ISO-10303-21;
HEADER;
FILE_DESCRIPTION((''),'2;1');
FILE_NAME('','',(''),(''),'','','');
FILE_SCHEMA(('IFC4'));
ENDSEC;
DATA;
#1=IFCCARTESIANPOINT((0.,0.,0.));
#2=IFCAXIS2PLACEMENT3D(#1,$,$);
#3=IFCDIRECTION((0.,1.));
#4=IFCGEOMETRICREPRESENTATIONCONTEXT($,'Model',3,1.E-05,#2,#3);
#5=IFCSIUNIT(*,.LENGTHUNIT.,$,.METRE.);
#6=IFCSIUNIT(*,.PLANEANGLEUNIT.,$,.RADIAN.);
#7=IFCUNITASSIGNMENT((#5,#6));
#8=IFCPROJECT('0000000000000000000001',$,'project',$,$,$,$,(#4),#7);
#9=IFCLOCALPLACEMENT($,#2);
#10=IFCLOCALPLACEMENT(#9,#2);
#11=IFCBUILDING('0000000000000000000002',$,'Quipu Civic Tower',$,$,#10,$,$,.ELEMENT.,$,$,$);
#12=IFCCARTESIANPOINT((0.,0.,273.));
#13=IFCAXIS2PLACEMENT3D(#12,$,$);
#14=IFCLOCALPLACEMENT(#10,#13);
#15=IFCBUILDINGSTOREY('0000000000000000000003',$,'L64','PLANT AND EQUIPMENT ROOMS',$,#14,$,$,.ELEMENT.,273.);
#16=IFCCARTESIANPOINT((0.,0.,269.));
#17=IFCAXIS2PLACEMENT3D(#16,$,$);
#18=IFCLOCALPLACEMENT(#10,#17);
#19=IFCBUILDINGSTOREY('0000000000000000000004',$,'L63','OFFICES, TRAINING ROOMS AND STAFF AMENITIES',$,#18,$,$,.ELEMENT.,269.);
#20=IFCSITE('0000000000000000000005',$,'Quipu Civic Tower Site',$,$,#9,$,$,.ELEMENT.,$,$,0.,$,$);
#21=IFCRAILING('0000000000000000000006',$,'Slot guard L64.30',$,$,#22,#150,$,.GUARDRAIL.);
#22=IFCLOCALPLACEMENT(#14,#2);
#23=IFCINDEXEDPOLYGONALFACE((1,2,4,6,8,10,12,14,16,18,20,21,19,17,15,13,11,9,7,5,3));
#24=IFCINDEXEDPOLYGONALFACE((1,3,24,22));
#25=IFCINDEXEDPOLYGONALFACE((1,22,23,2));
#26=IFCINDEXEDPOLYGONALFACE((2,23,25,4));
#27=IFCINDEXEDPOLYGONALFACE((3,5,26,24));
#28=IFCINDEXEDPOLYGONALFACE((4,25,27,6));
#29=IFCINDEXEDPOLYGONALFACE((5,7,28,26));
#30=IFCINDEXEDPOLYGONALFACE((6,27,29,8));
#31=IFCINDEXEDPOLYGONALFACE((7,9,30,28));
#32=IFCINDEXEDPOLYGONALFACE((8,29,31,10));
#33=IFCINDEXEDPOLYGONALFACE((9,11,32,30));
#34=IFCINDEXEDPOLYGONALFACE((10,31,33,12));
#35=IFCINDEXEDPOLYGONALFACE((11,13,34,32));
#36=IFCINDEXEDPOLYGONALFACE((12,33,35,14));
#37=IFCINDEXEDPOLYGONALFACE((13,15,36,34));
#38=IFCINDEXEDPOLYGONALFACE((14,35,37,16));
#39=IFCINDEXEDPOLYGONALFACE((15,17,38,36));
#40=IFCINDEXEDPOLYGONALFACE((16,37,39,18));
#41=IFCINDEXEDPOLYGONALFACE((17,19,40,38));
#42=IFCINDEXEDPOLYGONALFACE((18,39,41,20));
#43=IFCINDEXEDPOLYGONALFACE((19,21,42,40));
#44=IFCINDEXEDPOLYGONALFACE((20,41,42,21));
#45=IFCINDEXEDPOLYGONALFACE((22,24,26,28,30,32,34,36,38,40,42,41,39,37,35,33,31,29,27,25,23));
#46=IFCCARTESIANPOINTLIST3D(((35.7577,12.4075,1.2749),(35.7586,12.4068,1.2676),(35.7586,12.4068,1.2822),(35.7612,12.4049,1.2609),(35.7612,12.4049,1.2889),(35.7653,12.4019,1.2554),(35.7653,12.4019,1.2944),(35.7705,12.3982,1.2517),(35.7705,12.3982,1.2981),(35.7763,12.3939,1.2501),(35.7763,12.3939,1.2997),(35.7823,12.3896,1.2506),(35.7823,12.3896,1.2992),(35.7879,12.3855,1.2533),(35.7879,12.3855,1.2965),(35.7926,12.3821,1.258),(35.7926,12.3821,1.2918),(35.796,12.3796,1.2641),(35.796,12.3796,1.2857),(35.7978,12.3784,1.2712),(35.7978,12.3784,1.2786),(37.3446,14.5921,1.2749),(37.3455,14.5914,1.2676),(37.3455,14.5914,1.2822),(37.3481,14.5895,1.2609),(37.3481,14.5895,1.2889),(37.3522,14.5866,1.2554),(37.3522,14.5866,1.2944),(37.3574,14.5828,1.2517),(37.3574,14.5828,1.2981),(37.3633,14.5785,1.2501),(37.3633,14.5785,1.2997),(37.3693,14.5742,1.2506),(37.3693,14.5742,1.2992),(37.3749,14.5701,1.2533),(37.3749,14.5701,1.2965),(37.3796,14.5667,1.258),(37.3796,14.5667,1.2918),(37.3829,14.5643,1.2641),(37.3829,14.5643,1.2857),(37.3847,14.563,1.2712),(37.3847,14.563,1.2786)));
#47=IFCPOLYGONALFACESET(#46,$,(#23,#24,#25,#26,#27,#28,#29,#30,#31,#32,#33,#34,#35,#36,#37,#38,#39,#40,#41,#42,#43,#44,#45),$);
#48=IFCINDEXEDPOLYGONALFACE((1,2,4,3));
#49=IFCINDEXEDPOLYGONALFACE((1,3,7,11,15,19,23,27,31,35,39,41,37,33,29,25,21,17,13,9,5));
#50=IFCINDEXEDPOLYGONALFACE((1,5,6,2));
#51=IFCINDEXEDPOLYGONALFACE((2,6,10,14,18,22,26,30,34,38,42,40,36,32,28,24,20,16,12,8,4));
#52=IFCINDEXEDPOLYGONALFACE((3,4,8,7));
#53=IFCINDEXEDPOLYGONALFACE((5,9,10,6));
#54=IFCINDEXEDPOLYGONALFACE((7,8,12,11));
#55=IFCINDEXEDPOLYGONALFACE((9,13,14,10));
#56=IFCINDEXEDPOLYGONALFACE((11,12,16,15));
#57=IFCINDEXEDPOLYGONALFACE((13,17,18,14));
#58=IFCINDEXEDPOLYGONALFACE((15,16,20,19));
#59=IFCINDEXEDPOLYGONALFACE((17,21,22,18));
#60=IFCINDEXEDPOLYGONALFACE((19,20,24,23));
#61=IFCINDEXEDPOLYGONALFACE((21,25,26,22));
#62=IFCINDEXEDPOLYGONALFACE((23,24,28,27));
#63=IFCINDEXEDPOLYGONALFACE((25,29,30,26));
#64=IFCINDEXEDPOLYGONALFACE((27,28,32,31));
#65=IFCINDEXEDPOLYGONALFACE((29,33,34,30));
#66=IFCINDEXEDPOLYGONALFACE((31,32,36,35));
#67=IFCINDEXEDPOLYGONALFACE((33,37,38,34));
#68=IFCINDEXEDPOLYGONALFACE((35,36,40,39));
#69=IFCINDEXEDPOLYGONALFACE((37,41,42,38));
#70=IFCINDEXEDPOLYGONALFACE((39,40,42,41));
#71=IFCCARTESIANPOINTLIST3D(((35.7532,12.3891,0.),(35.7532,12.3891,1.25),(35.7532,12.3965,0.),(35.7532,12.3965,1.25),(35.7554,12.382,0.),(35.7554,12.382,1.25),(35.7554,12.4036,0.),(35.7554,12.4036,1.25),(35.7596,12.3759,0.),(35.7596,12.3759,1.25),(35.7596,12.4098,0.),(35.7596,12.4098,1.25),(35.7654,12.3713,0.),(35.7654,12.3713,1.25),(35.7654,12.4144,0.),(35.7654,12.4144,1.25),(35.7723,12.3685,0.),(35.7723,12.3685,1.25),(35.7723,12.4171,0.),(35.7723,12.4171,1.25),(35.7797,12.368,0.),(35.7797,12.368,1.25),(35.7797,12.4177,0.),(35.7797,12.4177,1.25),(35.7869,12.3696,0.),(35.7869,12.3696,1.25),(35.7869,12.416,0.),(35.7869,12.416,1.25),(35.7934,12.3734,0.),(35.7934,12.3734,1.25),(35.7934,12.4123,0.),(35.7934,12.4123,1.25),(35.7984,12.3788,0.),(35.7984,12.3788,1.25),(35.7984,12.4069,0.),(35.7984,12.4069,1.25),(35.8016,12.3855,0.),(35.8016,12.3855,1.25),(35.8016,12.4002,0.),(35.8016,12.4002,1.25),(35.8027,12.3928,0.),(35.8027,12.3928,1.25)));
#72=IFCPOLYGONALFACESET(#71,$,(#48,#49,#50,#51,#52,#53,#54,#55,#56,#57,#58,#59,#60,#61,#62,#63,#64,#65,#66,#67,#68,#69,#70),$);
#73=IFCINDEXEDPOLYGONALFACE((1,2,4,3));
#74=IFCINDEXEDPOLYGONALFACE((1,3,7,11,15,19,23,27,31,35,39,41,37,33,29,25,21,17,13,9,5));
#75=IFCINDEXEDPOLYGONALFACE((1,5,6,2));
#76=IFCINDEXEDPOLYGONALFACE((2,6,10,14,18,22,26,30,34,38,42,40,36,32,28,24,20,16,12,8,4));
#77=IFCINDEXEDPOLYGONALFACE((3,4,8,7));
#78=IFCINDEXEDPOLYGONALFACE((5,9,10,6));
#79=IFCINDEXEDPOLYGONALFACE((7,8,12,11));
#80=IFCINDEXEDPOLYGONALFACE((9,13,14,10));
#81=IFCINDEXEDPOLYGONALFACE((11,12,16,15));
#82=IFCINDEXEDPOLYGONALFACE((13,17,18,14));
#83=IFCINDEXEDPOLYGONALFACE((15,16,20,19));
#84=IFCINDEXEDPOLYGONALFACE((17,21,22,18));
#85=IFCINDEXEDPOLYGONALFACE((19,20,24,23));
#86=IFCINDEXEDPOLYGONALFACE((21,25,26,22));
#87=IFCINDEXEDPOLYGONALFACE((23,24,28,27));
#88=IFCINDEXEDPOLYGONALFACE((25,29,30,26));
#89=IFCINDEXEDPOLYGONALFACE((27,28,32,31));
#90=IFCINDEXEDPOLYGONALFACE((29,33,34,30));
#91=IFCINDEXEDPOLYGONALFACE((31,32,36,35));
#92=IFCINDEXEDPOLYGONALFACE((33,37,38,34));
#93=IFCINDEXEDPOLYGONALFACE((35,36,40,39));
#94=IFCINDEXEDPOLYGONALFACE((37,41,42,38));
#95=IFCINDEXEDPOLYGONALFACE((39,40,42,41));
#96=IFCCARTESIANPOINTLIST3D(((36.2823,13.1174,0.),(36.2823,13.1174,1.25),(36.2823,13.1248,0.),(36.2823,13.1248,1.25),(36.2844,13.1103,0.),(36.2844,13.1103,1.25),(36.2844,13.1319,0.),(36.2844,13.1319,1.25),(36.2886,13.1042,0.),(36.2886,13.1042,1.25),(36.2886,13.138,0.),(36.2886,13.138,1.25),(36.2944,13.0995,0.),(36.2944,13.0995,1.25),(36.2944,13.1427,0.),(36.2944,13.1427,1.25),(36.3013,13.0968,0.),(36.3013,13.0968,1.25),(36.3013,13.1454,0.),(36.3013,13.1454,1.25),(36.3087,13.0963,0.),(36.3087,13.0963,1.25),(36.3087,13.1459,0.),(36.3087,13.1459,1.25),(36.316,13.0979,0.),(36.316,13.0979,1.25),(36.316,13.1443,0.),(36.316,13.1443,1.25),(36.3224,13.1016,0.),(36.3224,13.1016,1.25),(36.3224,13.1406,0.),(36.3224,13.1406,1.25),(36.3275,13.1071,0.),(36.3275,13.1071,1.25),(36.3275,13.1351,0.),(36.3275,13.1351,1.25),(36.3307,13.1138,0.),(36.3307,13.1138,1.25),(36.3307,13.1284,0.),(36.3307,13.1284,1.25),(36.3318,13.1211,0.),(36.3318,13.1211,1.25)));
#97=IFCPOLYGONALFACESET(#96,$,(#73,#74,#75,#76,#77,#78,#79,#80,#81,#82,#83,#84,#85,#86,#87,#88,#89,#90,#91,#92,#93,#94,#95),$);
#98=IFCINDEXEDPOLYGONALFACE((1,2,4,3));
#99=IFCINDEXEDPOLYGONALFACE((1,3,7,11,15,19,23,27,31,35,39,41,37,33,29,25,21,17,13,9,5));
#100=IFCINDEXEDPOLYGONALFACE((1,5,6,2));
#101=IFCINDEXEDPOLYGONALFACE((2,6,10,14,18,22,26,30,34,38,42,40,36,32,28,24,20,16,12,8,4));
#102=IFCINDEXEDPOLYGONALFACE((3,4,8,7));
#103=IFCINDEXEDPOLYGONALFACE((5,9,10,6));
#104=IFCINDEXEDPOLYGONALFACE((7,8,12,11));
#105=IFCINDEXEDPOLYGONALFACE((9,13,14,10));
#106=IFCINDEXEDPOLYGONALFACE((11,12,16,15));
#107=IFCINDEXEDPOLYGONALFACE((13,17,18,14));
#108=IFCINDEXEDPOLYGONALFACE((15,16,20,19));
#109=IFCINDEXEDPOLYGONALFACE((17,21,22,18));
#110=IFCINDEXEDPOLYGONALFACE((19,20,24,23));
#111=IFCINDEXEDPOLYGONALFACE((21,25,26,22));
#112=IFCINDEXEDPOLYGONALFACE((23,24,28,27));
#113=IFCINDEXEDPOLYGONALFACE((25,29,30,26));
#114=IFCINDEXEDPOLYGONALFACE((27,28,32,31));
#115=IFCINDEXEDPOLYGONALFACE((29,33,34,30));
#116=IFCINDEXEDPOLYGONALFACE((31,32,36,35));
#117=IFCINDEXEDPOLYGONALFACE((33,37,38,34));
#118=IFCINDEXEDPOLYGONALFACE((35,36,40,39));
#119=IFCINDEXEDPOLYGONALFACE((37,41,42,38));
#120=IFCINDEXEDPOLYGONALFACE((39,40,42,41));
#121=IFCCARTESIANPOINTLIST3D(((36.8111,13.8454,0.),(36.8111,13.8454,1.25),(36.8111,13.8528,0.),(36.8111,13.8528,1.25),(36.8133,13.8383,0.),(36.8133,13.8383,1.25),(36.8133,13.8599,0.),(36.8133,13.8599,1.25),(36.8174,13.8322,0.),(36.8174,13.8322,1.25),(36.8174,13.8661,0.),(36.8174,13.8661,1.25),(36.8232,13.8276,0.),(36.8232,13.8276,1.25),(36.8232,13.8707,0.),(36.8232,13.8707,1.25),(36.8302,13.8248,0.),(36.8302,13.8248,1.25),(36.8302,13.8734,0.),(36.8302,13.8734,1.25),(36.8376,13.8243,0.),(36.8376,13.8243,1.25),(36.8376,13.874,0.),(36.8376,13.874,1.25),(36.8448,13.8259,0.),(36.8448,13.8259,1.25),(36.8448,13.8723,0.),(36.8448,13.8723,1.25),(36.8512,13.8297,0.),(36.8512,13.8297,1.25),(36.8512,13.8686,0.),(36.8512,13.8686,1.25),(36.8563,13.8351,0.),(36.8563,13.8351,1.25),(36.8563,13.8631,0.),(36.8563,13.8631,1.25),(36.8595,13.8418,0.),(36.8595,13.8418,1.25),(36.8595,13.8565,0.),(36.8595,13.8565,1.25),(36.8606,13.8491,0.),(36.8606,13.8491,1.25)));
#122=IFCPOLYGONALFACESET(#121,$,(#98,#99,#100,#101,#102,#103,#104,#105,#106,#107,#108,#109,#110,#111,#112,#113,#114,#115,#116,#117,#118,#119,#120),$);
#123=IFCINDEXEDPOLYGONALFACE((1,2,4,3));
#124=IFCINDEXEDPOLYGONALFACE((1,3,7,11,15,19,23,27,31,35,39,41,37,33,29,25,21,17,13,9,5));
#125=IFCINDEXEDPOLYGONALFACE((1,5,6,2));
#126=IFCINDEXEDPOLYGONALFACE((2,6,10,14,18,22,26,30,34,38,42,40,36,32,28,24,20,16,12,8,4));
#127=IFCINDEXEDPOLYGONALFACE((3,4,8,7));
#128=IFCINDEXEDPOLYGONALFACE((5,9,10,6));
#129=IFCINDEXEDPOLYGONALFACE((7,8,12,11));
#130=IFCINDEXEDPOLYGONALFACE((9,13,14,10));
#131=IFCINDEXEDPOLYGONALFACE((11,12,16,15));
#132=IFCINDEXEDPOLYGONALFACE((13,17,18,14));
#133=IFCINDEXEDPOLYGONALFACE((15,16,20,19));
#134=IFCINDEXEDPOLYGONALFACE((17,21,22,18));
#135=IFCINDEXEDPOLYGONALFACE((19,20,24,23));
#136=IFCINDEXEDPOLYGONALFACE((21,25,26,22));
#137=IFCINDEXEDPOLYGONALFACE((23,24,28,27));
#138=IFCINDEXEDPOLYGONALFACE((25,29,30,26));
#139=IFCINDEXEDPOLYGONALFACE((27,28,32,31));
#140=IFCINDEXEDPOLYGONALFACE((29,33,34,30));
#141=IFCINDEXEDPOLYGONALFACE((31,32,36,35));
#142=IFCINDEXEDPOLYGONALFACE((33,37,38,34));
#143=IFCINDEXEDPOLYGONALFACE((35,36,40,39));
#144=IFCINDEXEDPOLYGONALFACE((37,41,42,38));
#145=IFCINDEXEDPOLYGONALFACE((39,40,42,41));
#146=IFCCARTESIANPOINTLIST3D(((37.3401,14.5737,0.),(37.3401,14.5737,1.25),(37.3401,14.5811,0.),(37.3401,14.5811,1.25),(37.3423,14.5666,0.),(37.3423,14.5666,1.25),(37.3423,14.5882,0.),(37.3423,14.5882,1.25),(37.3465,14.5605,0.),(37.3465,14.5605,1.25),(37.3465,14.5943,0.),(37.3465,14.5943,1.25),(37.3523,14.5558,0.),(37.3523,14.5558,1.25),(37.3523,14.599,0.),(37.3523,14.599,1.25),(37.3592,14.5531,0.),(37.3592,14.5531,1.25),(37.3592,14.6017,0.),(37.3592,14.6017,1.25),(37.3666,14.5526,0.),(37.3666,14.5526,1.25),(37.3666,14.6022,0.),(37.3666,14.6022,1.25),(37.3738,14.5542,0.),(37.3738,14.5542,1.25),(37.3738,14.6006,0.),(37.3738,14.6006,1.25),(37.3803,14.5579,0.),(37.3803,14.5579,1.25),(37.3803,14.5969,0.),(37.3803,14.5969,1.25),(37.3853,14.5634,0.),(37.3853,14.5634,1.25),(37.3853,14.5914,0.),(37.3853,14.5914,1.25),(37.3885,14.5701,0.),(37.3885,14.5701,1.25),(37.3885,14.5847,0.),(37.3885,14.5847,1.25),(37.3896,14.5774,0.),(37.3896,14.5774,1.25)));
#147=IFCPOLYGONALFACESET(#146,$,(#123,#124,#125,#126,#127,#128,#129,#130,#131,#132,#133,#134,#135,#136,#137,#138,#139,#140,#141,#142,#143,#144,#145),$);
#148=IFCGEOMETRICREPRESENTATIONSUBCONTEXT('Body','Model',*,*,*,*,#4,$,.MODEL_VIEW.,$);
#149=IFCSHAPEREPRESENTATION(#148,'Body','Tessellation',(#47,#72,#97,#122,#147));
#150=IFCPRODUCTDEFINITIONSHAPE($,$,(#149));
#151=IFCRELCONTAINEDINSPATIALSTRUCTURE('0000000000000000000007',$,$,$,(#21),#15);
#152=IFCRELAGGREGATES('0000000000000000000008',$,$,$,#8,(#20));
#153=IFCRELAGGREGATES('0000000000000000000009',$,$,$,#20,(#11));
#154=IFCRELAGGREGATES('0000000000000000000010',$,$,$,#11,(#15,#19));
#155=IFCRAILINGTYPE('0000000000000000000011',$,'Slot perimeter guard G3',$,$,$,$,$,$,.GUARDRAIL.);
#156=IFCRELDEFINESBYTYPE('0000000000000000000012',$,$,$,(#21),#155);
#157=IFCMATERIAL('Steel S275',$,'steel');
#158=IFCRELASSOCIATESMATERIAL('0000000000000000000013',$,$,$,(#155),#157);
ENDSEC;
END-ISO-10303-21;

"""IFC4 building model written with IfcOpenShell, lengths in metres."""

from ifc_helpers import new_model, si_unit, direction, frame, origin, origin_2d, place, context, subcontext, project, spatial, circle, extrude, material, type_object, element, save


model = new_model("IFC4")

# Units and contexts
model_context = context("Model", 3, precision=1e-05, world=origin(), true_north=direction((0.0, 1.0)))
body_context = subcontext(model_context, "Body", "Model", "MODEL_VIEW")
ifc_project = project(units=[si_unit("LENGTHUNIT", "METRE"), si_unit("PLANEANGLEUNIT", "RADIAN")], contexts=[model_context])

# Site, building, storey
site_placement = place(None, origin())
site = spatial("IfcSite", under=ifc_project, at=site_placement, Name="Quipu Civic Tower Site", CompositionType="ELEMENT", RefElevation=0.0)
building_placement = place(site_placement, origin())
building = spatial("IfcBuilding", under=site, at=building_placement, Name="Quipu Civic Tower", CompositionType="ELEMENT")
storey_1_placement = place(building_placement, frame((0.0, 0.0, 273.0)))
storey_1 = spatial("IfcBuildingStorey", under=building, at=storey_1_placement, Name="L64", Description="PLANT AND EQUIPMENT ROOMS", CompositionType="ELEMENT", Elevation=273.0)

# Shared definitions
storey_2_placement = place(building_placement, frame((0.0, 0.0, 269.0)))
storey_2 = spatial("IfcBuildingStorey", under=building, at=storey_2_placement, Name="L63", Description="OFFICES, TRAINING ROOMS AND STAFF AMENITIES", CompositionType="ELEMENT", Elevation=269.0)

# Railing
ifc_material_1 = material(Name="Steel S275", Category="steel")
railing_type = type_object("IfcRailingType", Name="Slot perimeter guard G3", PredefinedType="GUARDRAIL", material=ifc_material_1)
railing_1_placement = place(storey_1_placement, frame((35.7778, 12.3928, 0.0)))
element("IfcRailing", 1, at=railing_1_placement, inside=storey_1, type_object=railing_type, Name="Slot guard L64.30", PredefinedType="GUARDRAIL", context=body_context, shape_type="SweptSolid", body=[
    extrude(circle(Radius=0.0249, at=origin_2d()), frame((0.0, 0.0, 1.2749), z_axis=(0.58772, 0.809064, 0.0), x_axis=(-0.809064, 0.58772, 0.0)), (0.0, 0.0, 1.0), 2.7002),
    extrude(circle(Radius=0.0249, at=origin_2d()), origin(), (0.0, 0.0, 1.0), 1.25),
    extrude(circle(Radius=0.0249, at=origin_2d()), frame((0.5291, 0.7283, 0.0)), (0.0, 0.0, 1.0), 1.25),
    extrude(circle(Radius=0.0249, at=origin_2d()), frame((1.0579, 1.4563, 0.0)), (0.0, 0.0, 1.0), 1.25),
    extrude(circle(Radius=0.0249, at=origin_2d()), frame((1.5869, 2.1846, 0.0)), (0.0, 0.0, 1.0), 1.25),
])

save(model, "model.ifc")
